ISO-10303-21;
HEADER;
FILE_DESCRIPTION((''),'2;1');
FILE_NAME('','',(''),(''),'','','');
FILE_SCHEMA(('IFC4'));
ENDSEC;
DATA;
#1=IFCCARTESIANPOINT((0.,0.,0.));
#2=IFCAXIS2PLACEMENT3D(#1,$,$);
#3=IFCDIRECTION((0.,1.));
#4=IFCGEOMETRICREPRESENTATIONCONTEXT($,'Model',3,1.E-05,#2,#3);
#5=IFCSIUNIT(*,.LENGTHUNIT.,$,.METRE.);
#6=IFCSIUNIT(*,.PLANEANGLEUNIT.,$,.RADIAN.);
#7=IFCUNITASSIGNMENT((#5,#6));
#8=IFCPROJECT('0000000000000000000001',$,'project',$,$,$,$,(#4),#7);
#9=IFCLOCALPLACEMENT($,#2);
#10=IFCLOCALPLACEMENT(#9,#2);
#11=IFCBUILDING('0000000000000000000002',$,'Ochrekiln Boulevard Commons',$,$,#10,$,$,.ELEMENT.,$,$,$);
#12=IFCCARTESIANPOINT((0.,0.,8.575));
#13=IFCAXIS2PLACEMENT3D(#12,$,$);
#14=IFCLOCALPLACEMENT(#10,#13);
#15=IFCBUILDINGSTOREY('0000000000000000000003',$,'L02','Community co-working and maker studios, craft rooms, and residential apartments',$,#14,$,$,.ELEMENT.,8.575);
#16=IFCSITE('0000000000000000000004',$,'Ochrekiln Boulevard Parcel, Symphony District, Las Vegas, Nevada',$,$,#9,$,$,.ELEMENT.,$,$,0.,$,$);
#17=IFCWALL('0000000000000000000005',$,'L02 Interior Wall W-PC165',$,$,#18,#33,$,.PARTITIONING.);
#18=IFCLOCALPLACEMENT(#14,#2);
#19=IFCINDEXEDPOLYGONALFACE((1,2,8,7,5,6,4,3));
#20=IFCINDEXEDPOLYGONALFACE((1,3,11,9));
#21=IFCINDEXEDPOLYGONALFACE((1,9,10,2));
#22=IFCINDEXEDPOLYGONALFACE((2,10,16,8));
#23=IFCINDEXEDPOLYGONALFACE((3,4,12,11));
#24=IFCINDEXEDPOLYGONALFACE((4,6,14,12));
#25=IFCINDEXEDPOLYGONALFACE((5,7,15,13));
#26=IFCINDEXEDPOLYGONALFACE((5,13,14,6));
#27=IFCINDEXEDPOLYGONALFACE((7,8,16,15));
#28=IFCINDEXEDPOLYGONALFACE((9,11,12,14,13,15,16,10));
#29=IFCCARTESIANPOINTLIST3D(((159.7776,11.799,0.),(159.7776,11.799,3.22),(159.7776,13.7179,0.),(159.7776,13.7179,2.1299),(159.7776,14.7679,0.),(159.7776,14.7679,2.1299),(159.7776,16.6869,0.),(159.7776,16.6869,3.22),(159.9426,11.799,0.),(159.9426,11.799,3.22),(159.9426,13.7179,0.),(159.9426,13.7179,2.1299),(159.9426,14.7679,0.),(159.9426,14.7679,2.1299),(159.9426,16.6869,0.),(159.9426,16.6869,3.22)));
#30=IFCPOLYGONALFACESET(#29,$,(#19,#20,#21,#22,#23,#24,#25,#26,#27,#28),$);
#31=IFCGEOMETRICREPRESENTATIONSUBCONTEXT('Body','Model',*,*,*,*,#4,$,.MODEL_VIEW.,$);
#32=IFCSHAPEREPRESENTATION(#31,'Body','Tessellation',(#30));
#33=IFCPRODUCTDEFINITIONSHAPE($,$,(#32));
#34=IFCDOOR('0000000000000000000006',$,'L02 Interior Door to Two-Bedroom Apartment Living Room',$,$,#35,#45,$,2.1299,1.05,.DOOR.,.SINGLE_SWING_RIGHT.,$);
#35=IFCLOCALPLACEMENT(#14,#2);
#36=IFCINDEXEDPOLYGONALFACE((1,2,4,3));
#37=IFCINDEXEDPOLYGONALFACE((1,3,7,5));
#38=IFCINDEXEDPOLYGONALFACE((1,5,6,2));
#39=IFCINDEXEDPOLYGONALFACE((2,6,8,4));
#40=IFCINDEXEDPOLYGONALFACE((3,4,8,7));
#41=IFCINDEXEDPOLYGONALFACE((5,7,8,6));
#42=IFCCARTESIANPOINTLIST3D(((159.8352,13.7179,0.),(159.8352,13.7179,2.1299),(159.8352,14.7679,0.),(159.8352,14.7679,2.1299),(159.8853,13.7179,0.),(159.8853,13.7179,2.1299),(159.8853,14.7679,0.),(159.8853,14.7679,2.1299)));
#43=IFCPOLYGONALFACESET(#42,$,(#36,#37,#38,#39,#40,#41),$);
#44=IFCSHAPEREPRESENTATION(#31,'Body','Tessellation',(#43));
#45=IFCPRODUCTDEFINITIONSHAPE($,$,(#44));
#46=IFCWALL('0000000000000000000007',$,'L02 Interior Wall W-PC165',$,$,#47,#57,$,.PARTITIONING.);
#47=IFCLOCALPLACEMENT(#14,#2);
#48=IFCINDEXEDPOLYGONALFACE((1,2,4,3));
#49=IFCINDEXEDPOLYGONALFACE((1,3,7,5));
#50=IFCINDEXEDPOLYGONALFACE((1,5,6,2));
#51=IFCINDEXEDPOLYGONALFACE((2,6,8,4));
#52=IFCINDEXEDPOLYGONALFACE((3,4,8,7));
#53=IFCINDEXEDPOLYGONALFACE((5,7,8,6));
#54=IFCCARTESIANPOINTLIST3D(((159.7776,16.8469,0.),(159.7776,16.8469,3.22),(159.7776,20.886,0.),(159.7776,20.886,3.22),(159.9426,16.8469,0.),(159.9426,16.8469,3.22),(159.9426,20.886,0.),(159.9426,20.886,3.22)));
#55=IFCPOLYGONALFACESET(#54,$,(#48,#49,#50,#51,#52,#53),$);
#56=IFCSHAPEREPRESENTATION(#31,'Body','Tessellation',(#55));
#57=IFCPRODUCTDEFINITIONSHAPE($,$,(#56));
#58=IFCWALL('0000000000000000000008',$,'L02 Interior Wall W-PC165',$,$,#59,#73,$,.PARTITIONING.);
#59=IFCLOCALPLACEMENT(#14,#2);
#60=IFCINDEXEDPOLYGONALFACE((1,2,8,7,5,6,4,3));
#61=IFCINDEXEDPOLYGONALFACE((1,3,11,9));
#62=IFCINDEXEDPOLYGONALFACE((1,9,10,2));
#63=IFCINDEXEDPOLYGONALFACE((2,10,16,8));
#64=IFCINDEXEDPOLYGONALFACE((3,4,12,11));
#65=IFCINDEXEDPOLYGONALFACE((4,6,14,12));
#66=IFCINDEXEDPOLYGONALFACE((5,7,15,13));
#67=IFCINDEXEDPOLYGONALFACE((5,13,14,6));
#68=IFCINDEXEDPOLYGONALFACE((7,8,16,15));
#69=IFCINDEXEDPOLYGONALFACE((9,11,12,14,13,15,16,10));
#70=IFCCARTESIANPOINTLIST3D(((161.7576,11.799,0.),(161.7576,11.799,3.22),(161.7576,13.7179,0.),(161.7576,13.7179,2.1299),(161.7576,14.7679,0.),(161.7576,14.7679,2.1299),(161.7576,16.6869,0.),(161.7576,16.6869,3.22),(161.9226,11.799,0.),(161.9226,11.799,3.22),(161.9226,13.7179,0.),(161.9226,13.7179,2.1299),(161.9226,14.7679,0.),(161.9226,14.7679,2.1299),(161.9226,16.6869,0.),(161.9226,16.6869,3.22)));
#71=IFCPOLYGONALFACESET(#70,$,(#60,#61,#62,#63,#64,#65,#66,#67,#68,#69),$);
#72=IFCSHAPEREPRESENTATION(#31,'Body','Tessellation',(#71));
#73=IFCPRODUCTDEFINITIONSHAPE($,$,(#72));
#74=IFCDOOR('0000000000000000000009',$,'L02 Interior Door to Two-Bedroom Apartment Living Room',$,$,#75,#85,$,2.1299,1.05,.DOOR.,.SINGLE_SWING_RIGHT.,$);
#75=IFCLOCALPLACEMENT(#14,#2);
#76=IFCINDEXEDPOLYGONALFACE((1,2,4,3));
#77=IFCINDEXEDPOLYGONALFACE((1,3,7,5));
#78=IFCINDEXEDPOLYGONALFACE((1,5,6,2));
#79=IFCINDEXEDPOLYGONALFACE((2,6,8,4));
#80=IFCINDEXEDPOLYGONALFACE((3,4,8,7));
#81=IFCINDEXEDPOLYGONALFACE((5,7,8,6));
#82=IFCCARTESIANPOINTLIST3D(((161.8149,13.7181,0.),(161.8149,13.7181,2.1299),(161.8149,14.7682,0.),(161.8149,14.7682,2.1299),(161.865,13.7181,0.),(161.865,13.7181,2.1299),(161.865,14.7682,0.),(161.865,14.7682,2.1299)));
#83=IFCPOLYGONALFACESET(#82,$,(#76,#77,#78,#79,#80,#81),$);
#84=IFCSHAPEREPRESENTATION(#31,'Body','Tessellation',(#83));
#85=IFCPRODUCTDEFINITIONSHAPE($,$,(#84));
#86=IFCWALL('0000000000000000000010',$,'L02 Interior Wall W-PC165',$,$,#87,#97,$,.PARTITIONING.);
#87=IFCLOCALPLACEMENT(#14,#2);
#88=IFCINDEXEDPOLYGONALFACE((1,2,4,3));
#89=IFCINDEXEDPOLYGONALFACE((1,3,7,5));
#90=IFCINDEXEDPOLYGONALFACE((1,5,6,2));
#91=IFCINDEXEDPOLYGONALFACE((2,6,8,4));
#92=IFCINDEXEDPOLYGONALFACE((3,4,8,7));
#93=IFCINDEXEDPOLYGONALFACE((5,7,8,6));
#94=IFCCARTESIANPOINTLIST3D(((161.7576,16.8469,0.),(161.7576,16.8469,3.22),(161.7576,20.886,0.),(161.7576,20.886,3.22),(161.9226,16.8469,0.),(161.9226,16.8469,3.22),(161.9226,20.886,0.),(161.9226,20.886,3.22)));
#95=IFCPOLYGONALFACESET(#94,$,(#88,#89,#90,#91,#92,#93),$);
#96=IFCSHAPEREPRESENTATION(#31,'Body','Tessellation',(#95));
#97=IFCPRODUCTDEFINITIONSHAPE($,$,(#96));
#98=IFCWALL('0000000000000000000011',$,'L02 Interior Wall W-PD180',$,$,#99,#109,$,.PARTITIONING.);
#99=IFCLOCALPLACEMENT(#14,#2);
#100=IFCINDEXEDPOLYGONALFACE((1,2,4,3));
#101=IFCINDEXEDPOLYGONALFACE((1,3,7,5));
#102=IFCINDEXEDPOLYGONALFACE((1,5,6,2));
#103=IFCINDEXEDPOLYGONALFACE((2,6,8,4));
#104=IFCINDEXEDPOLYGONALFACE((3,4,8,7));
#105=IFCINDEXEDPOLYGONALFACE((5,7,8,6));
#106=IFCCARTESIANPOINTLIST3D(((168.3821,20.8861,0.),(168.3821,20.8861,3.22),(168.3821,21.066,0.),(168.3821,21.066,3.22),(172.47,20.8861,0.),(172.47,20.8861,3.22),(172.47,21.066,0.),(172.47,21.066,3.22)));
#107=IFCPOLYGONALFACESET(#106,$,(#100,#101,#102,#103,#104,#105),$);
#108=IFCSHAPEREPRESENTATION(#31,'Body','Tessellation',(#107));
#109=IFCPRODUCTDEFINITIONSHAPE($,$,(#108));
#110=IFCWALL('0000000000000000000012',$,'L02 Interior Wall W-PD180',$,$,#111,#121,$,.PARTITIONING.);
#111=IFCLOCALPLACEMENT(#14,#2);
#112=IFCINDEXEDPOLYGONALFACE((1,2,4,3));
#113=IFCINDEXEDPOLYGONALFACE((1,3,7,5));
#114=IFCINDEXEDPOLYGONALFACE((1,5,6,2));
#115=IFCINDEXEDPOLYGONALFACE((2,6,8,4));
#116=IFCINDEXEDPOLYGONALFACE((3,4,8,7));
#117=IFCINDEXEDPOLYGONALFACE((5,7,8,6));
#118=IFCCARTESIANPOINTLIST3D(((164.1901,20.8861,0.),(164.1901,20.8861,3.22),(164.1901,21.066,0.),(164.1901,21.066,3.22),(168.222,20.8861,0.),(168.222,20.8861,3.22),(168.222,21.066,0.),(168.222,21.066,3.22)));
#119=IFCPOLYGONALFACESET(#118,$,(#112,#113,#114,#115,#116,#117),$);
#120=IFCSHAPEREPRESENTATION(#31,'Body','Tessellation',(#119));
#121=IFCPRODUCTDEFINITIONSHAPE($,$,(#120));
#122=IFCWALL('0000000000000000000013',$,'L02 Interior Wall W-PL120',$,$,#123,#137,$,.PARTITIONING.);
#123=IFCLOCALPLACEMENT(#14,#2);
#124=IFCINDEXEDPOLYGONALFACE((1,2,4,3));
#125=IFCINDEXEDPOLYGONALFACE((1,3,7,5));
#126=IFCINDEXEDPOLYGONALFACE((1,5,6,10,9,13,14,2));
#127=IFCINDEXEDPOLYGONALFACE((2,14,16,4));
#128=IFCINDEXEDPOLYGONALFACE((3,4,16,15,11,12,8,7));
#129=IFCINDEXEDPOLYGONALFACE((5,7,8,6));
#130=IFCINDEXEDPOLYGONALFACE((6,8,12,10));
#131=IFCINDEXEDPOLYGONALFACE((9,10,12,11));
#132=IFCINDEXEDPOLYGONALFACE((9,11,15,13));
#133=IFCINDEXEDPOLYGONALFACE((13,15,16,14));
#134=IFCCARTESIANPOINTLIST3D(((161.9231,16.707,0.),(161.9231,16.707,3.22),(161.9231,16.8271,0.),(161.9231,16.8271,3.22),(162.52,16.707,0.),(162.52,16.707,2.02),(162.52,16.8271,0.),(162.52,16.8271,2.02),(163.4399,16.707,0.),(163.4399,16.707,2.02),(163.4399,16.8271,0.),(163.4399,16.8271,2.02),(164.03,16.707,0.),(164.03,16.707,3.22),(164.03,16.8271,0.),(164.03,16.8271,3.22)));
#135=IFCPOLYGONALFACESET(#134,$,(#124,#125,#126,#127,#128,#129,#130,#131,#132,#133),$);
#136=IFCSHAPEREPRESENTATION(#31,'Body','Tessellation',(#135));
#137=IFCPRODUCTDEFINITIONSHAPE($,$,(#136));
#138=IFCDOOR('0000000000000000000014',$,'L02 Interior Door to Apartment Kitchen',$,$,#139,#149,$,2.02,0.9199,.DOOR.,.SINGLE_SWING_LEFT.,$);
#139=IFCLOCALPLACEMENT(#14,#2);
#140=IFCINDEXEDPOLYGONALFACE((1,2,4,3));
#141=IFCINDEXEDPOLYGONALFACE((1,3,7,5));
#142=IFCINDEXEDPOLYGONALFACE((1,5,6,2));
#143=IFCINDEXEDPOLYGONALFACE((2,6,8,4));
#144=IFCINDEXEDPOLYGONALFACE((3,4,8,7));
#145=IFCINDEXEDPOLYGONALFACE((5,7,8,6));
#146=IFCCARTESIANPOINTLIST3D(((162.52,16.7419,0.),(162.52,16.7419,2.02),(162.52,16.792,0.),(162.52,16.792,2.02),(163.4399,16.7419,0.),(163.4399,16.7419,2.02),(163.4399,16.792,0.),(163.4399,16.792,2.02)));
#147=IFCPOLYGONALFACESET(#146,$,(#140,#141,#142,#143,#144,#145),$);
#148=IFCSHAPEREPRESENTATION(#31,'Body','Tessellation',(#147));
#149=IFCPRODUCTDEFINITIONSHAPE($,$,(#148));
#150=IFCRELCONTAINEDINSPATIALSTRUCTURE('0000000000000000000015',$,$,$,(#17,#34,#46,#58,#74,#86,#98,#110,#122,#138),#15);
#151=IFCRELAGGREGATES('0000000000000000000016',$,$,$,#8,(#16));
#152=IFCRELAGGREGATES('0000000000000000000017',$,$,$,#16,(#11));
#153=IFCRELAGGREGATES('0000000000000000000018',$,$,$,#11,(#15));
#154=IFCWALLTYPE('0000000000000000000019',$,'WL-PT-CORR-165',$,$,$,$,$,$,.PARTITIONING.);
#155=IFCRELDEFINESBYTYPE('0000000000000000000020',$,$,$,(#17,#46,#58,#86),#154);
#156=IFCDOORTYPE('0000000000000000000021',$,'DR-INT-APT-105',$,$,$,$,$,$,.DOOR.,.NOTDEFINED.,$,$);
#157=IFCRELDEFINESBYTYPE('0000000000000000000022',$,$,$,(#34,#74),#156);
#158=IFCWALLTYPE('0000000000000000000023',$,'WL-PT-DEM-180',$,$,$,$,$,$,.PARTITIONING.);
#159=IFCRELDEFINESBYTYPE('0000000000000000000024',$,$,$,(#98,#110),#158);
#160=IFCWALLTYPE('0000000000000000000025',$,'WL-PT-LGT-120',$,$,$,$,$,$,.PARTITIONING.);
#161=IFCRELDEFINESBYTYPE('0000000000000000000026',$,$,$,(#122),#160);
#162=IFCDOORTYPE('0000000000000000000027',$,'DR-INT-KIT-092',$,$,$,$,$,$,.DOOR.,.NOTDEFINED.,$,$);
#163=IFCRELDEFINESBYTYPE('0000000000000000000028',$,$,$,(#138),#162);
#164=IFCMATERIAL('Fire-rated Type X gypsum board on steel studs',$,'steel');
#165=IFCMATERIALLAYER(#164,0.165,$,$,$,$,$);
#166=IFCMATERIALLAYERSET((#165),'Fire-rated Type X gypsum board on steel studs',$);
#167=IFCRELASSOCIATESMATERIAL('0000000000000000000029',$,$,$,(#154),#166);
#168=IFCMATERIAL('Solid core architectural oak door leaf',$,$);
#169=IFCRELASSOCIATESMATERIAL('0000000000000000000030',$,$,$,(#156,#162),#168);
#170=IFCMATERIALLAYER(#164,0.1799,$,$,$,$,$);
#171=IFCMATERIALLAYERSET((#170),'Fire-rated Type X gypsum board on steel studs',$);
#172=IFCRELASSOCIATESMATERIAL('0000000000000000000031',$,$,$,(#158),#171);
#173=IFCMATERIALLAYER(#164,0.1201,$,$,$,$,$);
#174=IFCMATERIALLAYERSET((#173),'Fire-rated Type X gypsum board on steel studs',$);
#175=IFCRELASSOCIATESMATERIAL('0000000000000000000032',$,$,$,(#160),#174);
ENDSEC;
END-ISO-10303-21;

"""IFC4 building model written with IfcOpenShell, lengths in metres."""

from ifc_helpers import new_model, si_unit, direction, frame, frame_2d, origin, place, context, subcontext, project, spatial, rectangle, extrude, material, layer, layer_set, type_object, element, fill, save


model = new_model("IFC4")

# Units and contexts
model_context = context("Model", 3, precision=1e-05, world=origin(), true_north=direction((0.0, 1.0)))
body_context = subcontext(model_context, "Body", "Model", "MODEL_VIEW")
ifc_project = project(units=[si_unit("LENGTHUNIT", "METRE"), si_unit("PLANEANGLEUNIT", "RADIAN")], contexts=[model_context])

# Site, building, storey
site_placement = place(None, origin())
site = spatial("IfcSite", under=ifc_project, at=site_placement, Name="Ochrekiln Boulevard Parcel, Symphony District, Las Vegas, Nevada", CompositionType="ELEMENT", RefElevation=0.0)
building_placement = place(site_placement, origin())
building = spatial("IfcBuilding", under=site, at=building_placement, Name="Ochrekiln Boulevard Commons", CompositionType="ELEMENT")
storey_placement = place(building_placement, frame((0.0, 0.0, 8.575)))
storey = spatial("IfcBuildingStorey", under=building, at=storey_placement, Name="L02", Description="Community co-working and maker studios, craft rooms, and residential apartments", CompositionType="ELEMENT", Elevation=8.575)

# Shared definitions
ifc_material_1 = material(Name="Solid core architectural oak door leaf")

# Wall, opening, door
ifc_material_2 = material(Name="Fire-rated Type X gypsum board on steel studs", Category="steel")
ifc_layer_1 = layer(ifc_material_2, 0.165)
ifc_layer_set_1 = layer_set([ifc_layer_1], Name="Fire-rated Type X gypsum board on steel studs")
wall_type_1 = type_object("IfcWallType", Name="WL-PT-CORR-165", PredefinedType="PARTITIONING", material=ifc_layer_set_1)
wall_1_placement = place(storey_placement, frame((159.8601, 11.7991, 0.0), z_axis=(0.0, 0.0, 1.0), x_axis=(0.0, 1.0, 0.0)))
wall_1 = element("IfcWall", 1, at=wall_1_placement, inside=storey, type_object=wall_type_1, Name="L02 Interior Wall W-PC165", PredefinedType="PARTITIONING", context=body_context, shape_type="SweptSolid", body=[
    extrude(rectangle(XDim=4.8879, YDim=0.165, at=frame_2d((2.4438, 0.0))), origin(), (0.0, 0.0, 1.0), 3.22),
])
opening_1_placement = place(wall_1_placement, frame((1.9189, 0.0, 0.0)))
opening_1 = element("IfcOpeningElement", 2, at=opening_1_placement, cuts=wall_1, PredefinedType="OPENING", context=body_context, shape_type="SweptSolid", body=[
    extrude(rectangle(XDim=1.05, YDim=2.1299, at=frame_2d((0.5249, 1.0649))), frame((0.0, 0.0925, 0.0), z_axis=(0.0, -1.0, 0.0), x_axis=(1.0, 0.0, 0.0)), (0.0, 0.0, 1.0), 0.1851),
])
door_type_1 = type_object("IfcDoorType", Name="DR-INT-APT-105", OperationType="NOTDEFINED", PredefinedType="DOOR", material=ifc_material_1)
door_1_placement = place(opening_1_placement, origin())
door_1 = element("IfcDoor", 3, at=door_1_placement, inside=storey, type_object=door_type_1, Name="L02 Interior Door to Two-Bedroom Apartment Living Room", OperationType="SINGLE_SWING_RIGHT", OverallHeight=2.1299, OverallWidth=1.05, PredefinedType="DOOR", context=body_context, shape_type="SweptSolid", body=[
    extrude(rectangle(XDim=1.05, YDim=2.1299, at=frame_2d((0.5249, 1.0649))), frame((0.0, 0.0249, 0.0), z_axis=(0.0, -1.0, 0.0), x_axis=(1.0, 0.0, 0.0)), (0.0, 0.0, 1.0), 0.05),
])
fill(opening_1, door_1)

# Wall
wall_2_placement = place(storey_placement, frame((159.8601, 16.8469, 0.0), z_axis=(0.0, 0.0, 1.0), x_axis=(0.0, 1.0, 0.0)))
element("IfcWall", 4, at=wall_2_placement, inside=storey, type_object=wall_type_1, Name="L02 Interior Wall W-PC165", PredefinedType="PARTITIONING", context=body_context, shape_type="SweptSolid", body=[
    extrude(rectangle(XDim=4.0391, YDim=0.165, at=frame_2d((2.0195, 0.0))), origin(), (0.0, 0.0, 1.0), 3.22),
])

# Wall, opening, door
wall_3_placement = place(storey_placement, frame((161.8401, 11.7991, 0.0), z_axis=(0.0, 0.0, 1.0), x_axis=(0.0, 1.0, 0.0)))
wall_3 = element("IfcWall", 5, at=wall_3_placement, inside=storey, type_object=wall_type_1, Name="L02 Interior Wall W-PC165", PredefinedType="PARTITIONING", context=body_context, shape_type="SweptSolid", body=[
    extrude(rectangle(XDim=4.8879, YDim=0.165, at=frame_2d((2.4438, 0.0))), origin(), (0.0, 0.0, 1.0), 3.22),
])
opening_2_placement = place(wall_3_placement, frame((1.9189, 0.0, 0.0)))
opening_2 = element("IfcOpeningElement", 6, at=opening_2_placement, cuts=wall_3, PredefinedType="OPENING", context=body_context, shape_type="SweptSolid", body=[
    extrude(rectangle(XDim=1.05, YDim=2.1299, at=frame_2d((0.5249, 1.0649))), frame((0.0, 0.0925, 0.0), z_axis=(0.0, -1.0, 0.0), x_axis=(1.0, 0.0, 0.0)), (0.0, 0.0, 1.0), 0.1851),
])
door_2_placement = place(opening_2_placement, frame((1.05, 0.0, 0.0), z_axis=(0.0, 0.0, 1.0), x_axis=(-1.0, 0.0, 0.0)))
door_2 = element("IfcDoor", 7, at=door_2_placement, inside=storey, type_object=door_type_1, Name="L02 Interior Door to Two-Bedroom Apartment Living Room", OperationType="SINGLE_SWING_RIGHT", OverallHeight=2.1299, OverallWidth=1.05, PredefinedType="DOOR", context=body_context, shape_type="SweptSolid", body=[
    extrude(rectangle(XDim=1.05, YDim=2.1299, at=frame_2d((0.5249, 1.0649))), frame((0.0, 0.0249, 0.0), z_axis=(0.0, -1.0, 0.0), x_axis=(1.0, 0.0, 0.0)), (0.0, 0.0, 1.0), 0.05),
])
fill(opening_2, door_2)

# Walls
wall_4_placement = place(storey_placement, frame((161.8401, 16.8469, 0.0), z_axis=(0.0, 0.0, 1.0), x_axis=(0.0, 1.0, 0.0)))
element("IfcWall", 8, at=wall_4_placement, inside=storey, type_object=wall_type_1, Name="L02 Interior Wall W-PC165", PredefinedType="PARTITIONING", context=body_context, shape_type="SweptSolid", body=[
    extrude(rectangle(XDim=4.0391, YDim=0.165, at=frame_2d((2.0195, 0.0))), origin(), (0.0, 0.0, 1.0), 3.22),
])
ifc_layer_2 = layer(ifc_material_2, 0.1799)
ifc_layer_set_2 = layer_set([ifc_layer_2], Name="Fire-rated Type X gypsum board on steel studs")
wall_type_2 = type_object("IfcWallType", Name="WL-PT-DEM-180", PredefinedType="PARTITIONING", material=ifc_layer_set_2)
wall_5_placement = place(storey_placement, frame((168.3821, 20.9761, 0.0), z_axis=(0.0, 0.0, 1.0), x_axis=(1.0, 0.0, 0.0)))
element("IfcWall", 9, at=wall_5_placement, inside=storey, type_object=wall_type_2, Name="L02 Interior Wall W-PD180", PredefinedType="PARTITIONING", context=body_context, shape_type="SweptSolid", body=[
    extrude(rectangle(XDim=4.0879, YDim=0.1799, at=frame_2d((2.0439, 0.0))), origin(), (0.0, 0.0, 1.0), 3.22),
])
wall_6_placement = place(storey_placement, frame((164.1899, 20.9761, 0.0), z_axis=(0.0, 0.0, 1.0), x_axis=(1.0, 0.0, 0.0)))
element("IfcWall", 10, at=wall_6_placement, inside=storey, type_object=wall_type_2, Name="L02 Interior Wall W-PD180", PredefinedType="PARTITIONING", context=body_context, shape_type="SweptSolid", body=[
    extrude(rectangle(XDim=4.032, YDim=0.1799, at=frame_2d((2.0161, 0.0))), origin(), (0.0, 0.0, 1.0), 3.22),
])

# Wall, opening, door
ifc_layer_3 = layer(ifc_material_2, 0.1201)
ifc_layer_set_3 = layer_set([ifc_layer_3], Name="Fire-rated Type X gypsum board on steel studs")
wall_type_3 = type_object("IfcWallType", Name="WL-PT-LGT-120", PredefinedType="PARTITIONING", material=ifc_layer_set_3)
wall_7_placement = place(storey_placement, frame((161.9231, 16.7671, 0.0), z_axis=(0.0, 0.0, 1.0), x_axis=(1.0, 0.0, 0.0)))
wall_7 = element("IfcWall", 11, at=wall_7_placement, inside=storey, type_object=wall_type_3, Name="L02 Interior Wall W-PL120", PredefinedType="PARTITIONING", context=body_context, shape_type="SweptSolid", body=[
    extrude(rectangle(XDim=2.1069, YDim=0.1201, at=frame_2d((1.0535, 0.0))), origin(), (0.0, 0.0, 1.0), 3.22),
])
opening_3_placement = place(wall_7_placement, frame((0.5969, 0.0, 0.0)))
opening_3 = element("IfcOpeningElement", 12, at=opening_3_placement, cuts=wall_7, PredefinedType="OPENING", context=body_context, shape_type="SweptSolid", body=[
    extrude(rectangle(XDim=0.9199, YDim=2.02, at=frame_2d((0.46, 1.01))), frame((0.0, 0.0701, 0.0), z_axis=(0.0, -1.0, 0.0), x_axis=(1.0, 0.0, 0.0)), (0.0, 0.0, 1.0), 0.1401),
])
door_type_2 = type_object("IfcDoorType", Name="DR-INT-KIT-092", OperationType="NOTDEFINED", PredefinedType="DOOR", material=ifc_material_1)
door_3_placement = place(opening_3_placement, origin())
door_3 = element("IfcDoor", 13, at=door_3_placement, inside=storey, type_object=door_type_2, Name="L02 Interior Door to Apartment Kitchen", OperationType="SINGLE_SWING_LEFT", OverallHeight=2.02, OverallWidth=0.9199, PredefinedType="DOOR", context=body_context, shape_type="SweptSolid", body=[
    extrude(rectangle(XDim=0.9199, YDim=2.02, at=frame_2d((0.46, 1.01))), frame((0.0, 0.0249, 0.0), z_axis=(0.0, -1.0, 0.0), x_axis=(1.0, 0.0, 0.0)), (0.0, 0.0, 1.0), 0.05),
])
fill(opening_3, door_3)

save(model, "model.ifc")
